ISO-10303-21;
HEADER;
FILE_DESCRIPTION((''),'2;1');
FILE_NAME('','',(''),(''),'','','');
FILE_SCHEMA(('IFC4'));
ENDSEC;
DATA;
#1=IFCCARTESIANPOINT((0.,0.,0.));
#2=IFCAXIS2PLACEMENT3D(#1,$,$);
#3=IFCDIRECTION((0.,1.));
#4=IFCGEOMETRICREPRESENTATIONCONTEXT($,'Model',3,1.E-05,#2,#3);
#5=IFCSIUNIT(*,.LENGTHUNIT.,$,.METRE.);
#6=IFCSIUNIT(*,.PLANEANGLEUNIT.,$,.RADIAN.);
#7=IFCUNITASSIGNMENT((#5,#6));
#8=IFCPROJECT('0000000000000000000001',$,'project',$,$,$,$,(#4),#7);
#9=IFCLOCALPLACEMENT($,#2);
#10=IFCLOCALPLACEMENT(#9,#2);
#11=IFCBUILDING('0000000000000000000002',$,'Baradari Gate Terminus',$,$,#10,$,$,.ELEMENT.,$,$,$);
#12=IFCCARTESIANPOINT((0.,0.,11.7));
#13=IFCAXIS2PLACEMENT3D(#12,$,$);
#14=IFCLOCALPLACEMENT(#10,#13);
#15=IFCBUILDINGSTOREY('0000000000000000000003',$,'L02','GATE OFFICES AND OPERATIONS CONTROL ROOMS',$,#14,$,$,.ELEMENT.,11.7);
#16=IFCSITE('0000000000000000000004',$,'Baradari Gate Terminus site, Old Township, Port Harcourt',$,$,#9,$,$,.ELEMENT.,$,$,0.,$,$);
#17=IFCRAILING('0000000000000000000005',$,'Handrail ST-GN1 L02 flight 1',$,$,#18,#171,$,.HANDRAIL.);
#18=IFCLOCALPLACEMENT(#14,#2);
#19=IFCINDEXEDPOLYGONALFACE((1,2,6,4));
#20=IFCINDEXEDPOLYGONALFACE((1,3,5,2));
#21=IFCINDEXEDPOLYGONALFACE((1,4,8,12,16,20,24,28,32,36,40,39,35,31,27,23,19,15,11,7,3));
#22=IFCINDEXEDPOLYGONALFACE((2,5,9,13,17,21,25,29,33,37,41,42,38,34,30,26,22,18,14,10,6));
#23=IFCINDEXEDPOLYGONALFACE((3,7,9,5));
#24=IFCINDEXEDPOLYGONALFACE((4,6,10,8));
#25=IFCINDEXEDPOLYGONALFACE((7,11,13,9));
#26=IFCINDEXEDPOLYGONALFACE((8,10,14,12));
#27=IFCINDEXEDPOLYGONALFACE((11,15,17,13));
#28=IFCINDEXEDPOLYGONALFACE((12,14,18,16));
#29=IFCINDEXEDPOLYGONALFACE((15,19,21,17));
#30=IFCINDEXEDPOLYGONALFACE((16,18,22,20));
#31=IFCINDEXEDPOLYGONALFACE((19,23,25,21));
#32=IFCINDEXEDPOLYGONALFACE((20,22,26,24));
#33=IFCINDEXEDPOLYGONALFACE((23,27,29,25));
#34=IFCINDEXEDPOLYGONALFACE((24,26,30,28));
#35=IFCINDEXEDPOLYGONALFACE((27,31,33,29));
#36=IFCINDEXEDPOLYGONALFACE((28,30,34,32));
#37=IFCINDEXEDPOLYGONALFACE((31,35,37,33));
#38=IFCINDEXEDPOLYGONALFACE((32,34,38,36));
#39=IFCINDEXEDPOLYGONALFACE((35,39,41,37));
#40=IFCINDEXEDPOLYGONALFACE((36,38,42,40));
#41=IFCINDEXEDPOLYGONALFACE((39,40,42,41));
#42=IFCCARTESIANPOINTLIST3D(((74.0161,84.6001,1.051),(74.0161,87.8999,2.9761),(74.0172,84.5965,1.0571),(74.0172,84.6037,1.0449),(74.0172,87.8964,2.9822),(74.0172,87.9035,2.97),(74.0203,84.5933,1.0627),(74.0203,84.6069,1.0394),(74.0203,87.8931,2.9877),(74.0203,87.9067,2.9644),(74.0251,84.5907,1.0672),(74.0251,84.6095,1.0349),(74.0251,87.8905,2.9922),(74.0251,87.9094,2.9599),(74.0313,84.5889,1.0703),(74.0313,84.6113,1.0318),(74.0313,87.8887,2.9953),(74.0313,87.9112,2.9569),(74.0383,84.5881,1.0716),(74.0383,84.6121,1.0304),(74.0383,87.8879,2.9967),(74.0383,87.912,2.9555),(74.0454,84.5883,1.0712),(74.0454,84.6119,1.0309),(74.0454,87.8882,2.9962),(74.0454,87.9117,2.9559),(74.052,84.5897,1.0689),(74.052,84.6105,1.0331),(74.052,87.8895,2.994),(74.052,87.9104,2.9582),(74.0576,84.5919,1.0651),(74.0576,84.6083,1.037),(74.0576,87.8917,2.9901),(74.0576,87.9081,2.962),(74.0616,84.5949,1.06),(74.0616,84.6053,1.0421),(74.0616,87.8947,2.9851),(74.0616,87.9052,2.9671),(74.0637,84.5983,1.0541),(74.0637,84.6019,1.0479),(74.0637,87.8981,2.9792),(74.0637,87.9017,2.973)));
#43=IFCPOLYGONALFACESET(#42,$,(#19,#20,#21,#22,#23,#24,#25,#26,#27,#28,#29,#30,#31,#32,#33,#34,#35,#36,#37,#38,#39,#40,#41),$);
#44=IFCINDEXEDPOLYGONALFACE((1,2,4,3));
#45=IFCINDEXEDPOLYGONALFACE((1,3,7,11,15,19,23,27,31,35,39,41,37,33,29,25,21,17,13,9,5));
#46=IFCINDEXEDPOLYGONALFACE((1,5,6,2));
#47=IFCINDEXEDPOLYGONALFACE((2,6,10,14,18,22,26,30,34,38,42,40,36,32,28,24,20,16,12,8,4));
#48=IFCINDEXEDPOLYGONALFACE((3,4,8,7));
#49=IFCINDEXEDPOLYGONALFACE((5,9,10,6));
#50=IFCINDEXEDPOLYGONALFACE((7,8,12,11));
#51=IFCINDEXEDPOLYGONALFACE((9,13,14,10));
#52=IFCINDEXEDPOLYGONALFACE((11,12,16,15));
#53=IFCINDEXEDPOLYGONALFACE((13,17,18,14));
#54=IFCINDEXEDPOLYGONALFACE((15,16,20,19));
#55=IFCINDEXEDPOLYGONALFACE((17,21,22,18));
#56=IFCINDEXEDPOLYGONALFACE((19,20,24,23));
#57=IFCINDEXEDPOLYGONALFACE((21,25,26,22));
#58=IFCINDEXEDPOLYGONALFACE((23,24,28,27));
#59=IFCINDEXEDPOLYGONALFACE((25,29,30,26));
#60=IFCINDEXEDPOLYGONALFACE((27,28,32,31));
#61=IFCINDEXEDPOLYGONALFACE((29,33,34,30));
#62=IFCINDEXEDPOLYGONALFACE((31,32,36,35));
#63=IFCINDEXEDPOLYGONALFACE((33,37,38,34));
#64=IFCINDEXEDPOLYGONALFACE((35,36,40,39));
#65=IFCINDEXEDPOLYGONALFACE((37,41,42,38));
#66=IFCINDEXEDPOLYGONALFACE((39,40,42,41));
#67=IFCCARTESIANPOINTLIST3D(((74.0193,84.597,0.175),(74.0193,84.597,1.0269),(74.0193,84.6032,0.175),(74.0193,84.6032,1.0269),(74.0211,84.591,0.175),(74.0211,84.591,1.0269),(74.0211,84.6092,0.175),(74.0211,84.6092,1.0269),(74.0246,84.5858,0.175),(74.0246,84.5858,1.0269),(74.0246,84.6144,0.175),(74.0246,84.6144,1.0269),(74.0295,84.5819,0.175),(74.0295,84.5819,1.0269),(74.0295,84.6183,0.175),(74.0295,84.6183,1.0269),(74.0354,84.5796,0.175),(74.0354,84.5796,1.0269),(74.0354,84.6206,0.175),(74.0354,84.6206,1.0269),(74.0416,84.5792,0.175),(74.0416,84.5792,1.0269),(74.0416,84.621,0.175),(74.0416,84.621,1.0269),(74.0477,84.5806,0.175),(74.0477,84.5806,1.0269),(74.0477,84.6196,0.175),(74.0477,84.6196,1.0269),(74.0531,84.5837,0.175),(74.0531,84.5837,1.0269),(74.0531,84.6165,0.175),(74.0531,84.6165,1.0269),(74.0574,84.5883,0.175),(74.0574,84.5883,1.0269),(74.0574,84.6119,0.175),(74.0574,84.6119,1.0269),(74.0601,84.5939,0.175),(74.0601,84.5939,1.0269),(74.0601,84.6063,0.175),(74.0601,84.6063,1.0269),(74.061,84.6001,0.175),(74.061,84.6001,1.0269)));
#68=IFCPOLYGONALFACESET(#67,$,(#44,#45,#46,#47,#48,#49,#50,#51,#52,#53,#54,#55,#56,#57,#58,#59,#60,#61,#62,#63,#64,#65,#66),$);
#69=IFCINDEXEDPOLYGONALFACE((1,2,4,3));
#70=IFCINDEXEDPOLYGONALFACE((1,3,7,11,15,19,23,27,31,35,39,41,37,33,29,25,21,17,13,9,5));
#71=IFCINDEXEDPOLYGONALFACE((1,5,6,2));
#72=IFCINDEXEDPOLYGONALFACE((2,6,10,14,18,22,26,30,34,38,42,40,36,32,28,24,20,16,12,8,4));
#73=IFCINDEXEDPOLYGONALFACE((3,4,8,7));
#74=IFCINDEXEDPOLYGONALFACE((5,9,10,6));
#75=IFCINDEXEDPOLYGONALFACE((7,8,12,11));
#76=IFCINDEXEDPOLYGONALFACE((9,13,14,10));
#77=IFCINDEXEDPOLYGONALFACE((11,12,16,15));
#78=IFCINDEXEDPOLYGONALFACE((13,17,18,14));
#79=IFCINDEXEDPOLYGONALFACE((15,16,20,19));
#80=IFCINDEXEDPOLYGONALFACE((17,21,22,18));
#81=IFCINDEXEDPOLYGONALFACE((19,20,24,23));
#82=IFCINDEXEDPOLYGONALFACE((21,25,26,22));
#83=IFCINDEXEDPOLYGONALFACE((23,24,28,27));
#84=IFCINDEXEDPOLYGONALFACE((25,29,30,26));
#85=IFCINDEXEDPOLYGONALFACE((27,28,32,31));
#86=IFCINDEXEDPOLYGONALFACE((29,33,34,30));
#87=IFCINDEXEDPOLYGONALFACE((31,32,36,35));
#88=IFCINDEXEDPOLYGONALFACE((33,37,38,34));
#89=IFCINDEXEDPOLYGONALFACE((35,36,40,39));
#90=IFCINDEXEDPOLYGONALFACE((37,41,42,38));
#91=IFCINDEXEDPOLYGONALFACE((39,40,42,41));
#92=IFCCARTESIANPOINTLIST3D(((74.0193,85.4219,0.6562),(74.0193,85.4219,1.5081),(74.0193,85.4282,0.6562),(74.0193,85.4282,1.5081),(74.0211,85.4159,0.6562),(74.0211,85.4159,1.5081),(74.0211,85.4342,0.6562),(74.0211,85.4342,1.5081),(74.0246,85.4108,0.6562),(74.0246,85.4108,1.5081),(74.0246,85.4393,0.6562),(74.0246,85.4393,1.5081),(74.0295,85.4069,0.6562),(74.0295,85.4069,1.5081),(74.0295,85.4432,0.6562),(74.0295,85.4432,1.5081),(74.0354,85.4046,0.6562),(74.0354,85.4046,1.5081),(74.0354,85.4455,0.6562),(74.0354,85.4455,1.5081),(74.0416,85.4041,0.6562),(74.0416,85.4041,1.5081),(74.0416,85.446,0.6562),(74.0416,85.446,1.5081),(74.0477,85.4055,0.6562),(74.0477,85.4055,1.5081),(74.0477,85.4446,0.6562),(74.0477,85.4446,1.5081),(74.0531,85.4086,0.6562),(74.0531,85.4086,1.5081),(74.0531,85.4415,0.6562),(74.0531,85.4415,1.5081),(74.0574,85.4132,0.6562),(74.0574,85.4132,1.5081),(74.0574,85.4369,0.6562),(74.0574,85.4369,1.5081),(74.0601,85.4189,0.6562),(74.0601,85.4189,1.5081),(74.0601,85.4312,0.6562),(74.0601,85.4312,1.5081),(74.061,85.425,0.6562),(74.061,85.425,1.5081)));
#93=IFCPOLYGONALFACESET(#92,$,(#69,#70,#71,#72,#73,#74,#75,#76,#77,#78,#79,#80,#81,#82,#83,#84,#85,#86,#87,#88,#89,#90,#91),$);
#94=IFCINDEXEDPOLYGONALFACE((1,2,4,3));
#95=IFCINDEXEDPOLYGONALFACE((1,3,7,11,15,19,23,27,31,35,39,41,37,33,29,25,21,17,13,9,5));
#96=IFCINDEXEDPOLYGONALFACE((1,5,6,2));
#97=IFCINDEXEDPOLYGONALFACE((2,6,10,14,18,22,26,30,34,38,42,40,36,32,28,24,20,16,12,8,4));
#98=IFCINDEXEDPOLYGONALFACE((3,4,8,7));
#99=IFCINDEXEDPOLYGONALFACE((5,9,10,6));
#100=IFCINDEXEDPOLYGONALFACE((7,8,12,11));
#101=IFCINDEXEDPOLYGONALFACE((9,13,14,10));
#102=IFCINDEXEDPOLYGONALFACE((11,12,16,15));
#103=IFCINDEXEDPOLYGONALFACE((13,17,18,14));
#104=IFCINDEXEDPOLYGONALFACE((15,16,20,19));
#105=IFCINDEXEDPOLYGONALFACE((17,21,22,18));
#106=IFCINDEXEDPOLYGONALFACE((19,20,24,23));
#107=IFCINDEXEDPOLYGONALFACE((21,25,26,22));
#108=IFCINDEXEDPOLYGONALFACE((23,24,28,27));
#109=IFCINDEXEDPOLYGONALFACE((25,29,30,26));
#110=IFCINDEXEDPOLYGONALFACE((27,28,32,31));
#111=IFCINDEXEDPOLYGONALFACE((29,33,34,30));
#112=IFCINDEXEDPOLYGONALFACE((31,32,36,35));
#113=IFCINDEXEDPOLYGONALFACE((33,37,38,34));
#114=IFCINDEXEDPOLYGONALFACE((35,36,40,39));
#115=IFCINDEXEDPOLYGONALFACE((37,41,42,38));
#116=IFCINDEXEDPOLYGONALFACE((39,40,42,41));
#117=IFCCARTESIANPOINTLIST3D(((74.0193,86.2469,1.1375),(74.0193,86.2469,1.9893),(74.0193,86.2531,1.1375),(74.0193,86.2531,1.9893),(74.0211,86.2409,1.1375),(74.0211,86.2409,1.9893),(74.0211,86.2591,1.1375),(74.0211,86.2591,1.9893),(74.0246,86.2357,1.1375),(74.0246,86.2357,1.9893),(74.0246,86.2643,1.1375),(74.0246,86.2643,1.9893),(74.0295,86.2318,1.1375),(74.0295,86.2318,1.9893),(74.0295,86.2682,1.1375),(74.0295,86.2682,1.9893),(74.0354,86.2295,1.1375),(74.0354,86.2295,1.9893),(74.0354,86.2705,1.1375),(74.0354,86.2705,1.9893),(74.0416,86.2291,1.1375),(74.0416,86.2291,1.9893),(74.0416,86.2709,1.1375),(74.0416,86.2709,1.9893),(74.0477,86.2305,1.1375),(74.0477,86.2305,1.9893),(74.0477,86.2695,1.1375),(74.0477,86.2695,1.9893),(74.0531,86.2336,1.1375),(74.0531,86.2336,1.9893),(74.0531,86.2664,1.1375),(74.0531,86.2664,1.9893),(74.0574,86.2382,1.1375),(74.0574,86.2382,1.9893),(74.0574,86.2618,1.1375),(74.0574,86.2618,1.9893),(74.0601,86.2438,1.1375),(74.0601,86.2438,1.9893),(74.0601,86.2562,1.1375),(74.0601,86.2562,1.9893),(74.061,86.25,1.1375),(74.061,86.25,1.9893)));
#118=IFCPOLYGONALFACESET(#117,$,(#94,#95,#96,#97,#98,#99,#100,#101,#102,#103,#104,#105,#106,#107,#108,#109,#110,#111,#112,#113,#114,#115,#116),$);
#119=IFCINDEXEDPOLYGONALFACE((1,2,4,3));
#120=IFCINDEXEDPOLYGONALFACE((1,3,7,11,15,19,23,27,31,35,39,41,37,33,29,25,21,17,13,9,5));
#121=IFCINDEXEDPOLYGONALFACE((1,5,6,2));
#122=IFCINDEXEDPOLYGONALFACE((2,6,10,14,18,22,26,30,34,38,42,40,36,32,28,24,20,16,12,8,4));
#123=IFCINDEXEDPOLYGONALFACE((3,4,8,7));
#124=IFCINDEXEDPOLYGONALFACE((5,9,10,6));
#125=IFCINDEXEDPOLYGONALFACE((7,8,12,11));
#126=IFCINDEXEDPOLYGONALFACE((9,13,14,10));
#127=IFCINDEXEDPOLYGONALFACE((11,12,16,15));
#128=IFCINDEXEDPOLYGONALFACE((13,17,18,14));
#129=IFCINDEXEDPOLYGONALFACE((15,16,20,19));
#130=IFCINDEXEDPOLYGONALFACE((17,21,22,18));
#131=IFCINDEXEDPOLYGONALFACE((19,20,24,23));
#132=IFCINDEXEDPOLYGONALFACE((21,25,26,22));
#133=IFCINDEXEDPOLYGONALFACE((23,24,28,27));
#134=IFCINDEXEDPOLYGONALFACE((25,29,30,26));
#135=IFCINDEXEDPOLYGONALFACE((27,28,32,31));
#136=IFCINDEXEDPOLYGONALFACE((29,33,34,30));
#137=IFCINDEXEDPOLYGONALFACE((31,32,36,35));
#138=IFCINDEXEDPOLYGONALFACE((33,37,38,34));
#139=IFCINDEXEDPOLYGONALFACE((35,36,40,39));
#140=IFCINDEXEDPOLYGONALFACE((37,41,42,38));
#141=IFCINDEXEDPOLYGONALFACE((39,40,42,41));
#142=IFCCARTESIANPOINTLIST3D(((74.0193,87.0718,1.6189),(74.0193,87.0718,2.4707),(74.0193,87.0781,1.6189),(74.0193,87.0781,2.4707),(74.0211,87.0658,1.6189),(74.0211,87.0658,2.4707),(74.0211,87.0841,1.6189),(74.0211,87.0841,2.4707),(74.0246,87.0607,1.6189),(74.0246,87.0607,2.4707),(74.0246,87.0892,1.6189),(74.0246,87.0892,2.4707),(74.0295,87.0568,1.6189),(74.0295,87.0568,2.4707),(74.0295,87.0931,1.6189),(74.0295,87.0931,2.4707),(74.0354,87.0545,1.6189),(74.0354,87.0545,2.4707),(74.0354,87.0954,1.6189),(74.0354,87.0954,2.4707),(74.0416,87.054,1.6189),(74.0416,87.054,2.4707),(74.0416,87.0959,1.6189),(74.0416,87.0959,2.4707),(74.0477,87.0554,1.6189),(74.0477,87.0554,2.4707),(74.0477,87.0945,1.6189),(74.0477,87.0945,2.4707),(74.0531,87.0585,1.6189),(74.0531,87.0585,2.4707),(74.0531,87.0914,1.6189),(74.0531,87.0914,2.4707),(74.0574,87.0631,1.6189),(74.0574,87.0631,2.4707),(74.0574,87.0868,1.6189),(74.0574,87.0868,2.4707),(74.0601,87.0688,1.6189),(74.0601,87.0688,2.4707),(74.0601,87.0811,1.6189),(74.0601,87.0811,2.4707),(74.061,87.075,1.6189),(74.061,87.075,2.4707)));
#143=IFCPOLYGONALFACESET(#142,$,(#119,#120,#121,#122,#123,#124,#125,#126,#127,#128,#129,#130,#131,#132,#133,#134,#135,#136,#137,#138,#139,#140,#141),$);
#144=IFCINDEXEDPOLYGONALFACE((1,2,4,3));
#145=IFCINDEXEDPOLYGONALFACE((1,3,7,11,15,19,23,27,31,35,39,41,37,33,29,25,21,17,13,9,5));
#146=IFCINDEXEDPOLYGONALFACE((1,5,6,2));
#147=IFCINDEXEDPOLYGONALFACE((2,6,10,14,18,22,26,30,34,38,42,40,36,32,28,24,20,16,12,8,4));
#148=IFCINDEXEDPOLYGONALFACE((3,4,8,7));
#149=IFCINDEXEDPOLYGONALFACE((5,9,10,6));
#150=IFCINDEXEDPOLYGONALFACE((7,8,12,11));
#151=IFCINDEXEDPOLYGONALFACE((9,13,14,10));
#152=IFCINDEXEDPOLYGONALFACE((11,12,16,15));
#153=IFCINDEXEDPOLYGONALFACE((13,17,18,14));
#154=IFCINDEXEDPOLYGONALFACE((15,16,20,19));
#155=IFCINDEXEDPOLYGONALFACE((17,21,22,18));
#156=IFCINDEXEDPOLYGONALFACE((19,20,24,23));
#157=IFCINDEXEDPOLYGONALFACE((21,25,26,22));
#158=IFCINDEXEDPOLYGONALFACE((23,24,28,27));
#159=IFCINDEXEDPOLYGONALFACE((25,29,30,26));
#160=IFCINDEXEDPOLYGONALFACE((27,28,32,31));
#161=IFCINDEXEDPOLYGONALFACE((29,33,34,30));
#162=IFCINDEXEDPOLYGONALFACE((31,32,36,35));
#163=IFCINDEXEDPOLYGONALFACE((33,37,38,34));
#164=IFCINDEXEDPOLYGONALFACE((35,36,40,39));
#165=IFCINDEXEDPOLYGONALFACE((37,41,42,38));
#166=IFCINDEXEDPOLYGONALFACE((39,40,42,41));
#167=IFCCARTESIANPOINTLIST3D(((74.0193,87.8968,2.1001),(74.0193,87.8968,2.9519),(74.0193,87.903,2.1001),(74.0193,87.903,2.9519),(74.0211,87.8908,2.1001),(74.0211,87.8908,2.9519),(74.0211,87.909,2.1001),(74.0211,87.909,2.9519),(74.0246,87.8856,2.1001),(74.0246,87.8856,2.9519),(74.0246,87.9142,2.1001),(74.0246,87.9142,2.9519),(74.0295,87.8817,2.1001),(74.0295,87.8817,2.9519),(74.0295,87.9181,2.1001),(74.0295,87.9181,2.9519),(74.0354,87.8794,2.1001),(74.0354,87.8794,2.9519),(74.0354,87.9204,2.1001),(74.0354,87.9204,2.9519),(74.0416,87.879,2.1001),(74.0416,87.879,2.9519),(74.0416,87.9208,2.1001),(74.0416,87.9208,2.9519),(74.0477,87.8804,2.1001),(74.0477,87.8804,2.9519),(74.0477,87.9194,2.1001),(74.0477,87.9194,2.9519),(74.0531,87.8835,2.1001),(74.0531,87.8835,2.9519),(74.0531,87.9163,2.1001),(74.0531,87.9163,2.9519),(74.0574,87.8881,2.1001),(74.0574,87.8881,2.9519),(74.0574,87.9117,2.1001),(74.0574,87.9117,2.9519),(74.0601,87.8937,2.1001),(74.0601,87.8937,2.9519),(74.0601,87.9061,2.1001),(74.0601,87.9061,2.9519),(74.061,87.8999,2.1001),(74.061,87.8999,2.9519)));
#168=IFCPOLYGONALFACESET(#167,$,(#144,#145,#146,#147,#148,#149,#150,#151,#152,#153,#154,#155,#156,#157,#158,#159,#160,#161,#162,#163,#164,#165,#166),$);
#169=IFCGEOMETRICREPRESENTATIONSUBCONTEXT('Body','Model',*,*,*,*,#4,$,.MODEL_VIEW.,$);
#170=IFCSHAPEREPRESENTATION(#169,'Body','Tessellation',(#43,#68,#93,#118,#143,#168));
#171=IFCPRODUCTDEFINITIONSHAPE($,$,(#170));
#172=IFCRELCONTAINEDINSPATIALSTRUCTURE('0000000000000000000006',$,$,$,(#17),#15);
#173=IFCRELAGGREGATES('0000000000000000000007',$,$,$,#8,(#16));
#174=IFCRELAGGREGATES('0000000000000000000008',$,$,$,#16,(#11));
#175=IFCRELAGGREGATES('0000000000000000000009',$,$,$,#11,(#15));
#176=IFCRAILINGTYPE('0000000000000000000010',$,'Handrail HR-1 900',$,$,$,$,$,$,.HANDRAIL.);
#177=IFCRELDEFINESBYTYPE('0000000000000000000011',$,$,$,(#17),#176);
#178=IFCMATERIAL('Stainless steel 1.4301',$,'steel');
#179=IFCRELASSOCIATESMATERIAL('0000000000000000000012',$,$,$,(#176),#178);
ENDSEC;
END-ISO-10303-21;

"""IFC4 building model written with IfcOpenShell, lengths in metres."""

from ifc_helpers import new_model, si_unit, direction, frame, origin, origin_2d, place, context, subcontext, project, spatial, circle, extrude, material, type_object, element, save


model = new_model("IFC4")

# Units and contexts
model_context = context("Model", 3, precision=1e-05, world=origin(), true_north=direction((0.0, 1.0)))
body_context = subcontext(model_context, "Body", "Model", "MODEL_VIEW")
ifc_project = project(units=[si_unit("LENGTHUNIT", "METRE"), si_unit("PLANEANGLEUNIT", "RADIAN")], contexts=[model_context])

# Site, building, storey
site_placement = place(None, origin())
site = spatial("IfcSite", under=ifc_project, at=site_placement, Name="Baradari Gate Terminus site, Old Township, Port Harcourt", CompositionType="ELEMENT", RefElevation=0.0)
building_placement = place(site_placement, origin())
building = spatial("IfcBuilding", under=site, at=building_placement, Name="Baradari Gate Terminus", CompositionType="ELEMENT")
storey_placement = place(building_placement, frame((0.0, 0.0, 11.7)))
storey = spatial("IfcBuildingStorey", under=building, at=storey_placement, Name="L02", Description="GATE OFFICES AND OPERATIONS CONTROL ROOMS", CompositionType="ELEMENT", Elevation=11.7)

# Railing
ifc_material_1 = material(Name="Stainless steel 1.4301", Category="steel")
railing_type = type_object("IfcRailingType", Name="Handrail HR-1 900", PredefinedType="HANDRAIL", material=ifc_material_1)
for number, where, name in (
    (1, (74.04, 84.6001, 0.175), "Handrail ST-GN1 L02 flight 1"),
):
    element("IfcRailing", number, at=place(storey_placement, frame(where)), inside=storey, type_object=railing_type, Name=name, PredefinedType="HANDRAIL", context=body_context, shape_type="SweptSolid", body=[
        extrude(circle(Radius=0.0239, at=origin_2d()), frame((0.0, 0.0, 0.876), z_axis=(0.0, 0.86376, 0.503903), x_axis=(-1.0, 0.0, 0.0)), (0.0, 0.0, 1.0), 3.8203),
        extrude(circle(Radius=0.021, at=origin_2d()), origin(), (0.0, 0.0, 1.0), 0.8518),
        extrude(circle(Radius=0.021, at=origin_2d()), frame((0.0, 0.825, 0.4812)), (0.0, 0.0, 1.0), 0.8518),
        extrude(circle(Radius=0.021, at=origin_2d()), frame((0.0, 1.6499, 0.9624)), (0.0, 0.0, 1.0), 0.8518),
        extrude(circle(Radius=0.021, at=origin_2d()), frame((0.0, 2.4749, 1.4438)), (0.0, 0.0, 1.0), 0.8518),
        extrude(circle(Radius=0.021, at=origin_2d()), frame((0.0, 3.2998, 1.925)), (0.0, 0.0, 1.0), 0.8518),
    ])

save(model, "model.ifc")
